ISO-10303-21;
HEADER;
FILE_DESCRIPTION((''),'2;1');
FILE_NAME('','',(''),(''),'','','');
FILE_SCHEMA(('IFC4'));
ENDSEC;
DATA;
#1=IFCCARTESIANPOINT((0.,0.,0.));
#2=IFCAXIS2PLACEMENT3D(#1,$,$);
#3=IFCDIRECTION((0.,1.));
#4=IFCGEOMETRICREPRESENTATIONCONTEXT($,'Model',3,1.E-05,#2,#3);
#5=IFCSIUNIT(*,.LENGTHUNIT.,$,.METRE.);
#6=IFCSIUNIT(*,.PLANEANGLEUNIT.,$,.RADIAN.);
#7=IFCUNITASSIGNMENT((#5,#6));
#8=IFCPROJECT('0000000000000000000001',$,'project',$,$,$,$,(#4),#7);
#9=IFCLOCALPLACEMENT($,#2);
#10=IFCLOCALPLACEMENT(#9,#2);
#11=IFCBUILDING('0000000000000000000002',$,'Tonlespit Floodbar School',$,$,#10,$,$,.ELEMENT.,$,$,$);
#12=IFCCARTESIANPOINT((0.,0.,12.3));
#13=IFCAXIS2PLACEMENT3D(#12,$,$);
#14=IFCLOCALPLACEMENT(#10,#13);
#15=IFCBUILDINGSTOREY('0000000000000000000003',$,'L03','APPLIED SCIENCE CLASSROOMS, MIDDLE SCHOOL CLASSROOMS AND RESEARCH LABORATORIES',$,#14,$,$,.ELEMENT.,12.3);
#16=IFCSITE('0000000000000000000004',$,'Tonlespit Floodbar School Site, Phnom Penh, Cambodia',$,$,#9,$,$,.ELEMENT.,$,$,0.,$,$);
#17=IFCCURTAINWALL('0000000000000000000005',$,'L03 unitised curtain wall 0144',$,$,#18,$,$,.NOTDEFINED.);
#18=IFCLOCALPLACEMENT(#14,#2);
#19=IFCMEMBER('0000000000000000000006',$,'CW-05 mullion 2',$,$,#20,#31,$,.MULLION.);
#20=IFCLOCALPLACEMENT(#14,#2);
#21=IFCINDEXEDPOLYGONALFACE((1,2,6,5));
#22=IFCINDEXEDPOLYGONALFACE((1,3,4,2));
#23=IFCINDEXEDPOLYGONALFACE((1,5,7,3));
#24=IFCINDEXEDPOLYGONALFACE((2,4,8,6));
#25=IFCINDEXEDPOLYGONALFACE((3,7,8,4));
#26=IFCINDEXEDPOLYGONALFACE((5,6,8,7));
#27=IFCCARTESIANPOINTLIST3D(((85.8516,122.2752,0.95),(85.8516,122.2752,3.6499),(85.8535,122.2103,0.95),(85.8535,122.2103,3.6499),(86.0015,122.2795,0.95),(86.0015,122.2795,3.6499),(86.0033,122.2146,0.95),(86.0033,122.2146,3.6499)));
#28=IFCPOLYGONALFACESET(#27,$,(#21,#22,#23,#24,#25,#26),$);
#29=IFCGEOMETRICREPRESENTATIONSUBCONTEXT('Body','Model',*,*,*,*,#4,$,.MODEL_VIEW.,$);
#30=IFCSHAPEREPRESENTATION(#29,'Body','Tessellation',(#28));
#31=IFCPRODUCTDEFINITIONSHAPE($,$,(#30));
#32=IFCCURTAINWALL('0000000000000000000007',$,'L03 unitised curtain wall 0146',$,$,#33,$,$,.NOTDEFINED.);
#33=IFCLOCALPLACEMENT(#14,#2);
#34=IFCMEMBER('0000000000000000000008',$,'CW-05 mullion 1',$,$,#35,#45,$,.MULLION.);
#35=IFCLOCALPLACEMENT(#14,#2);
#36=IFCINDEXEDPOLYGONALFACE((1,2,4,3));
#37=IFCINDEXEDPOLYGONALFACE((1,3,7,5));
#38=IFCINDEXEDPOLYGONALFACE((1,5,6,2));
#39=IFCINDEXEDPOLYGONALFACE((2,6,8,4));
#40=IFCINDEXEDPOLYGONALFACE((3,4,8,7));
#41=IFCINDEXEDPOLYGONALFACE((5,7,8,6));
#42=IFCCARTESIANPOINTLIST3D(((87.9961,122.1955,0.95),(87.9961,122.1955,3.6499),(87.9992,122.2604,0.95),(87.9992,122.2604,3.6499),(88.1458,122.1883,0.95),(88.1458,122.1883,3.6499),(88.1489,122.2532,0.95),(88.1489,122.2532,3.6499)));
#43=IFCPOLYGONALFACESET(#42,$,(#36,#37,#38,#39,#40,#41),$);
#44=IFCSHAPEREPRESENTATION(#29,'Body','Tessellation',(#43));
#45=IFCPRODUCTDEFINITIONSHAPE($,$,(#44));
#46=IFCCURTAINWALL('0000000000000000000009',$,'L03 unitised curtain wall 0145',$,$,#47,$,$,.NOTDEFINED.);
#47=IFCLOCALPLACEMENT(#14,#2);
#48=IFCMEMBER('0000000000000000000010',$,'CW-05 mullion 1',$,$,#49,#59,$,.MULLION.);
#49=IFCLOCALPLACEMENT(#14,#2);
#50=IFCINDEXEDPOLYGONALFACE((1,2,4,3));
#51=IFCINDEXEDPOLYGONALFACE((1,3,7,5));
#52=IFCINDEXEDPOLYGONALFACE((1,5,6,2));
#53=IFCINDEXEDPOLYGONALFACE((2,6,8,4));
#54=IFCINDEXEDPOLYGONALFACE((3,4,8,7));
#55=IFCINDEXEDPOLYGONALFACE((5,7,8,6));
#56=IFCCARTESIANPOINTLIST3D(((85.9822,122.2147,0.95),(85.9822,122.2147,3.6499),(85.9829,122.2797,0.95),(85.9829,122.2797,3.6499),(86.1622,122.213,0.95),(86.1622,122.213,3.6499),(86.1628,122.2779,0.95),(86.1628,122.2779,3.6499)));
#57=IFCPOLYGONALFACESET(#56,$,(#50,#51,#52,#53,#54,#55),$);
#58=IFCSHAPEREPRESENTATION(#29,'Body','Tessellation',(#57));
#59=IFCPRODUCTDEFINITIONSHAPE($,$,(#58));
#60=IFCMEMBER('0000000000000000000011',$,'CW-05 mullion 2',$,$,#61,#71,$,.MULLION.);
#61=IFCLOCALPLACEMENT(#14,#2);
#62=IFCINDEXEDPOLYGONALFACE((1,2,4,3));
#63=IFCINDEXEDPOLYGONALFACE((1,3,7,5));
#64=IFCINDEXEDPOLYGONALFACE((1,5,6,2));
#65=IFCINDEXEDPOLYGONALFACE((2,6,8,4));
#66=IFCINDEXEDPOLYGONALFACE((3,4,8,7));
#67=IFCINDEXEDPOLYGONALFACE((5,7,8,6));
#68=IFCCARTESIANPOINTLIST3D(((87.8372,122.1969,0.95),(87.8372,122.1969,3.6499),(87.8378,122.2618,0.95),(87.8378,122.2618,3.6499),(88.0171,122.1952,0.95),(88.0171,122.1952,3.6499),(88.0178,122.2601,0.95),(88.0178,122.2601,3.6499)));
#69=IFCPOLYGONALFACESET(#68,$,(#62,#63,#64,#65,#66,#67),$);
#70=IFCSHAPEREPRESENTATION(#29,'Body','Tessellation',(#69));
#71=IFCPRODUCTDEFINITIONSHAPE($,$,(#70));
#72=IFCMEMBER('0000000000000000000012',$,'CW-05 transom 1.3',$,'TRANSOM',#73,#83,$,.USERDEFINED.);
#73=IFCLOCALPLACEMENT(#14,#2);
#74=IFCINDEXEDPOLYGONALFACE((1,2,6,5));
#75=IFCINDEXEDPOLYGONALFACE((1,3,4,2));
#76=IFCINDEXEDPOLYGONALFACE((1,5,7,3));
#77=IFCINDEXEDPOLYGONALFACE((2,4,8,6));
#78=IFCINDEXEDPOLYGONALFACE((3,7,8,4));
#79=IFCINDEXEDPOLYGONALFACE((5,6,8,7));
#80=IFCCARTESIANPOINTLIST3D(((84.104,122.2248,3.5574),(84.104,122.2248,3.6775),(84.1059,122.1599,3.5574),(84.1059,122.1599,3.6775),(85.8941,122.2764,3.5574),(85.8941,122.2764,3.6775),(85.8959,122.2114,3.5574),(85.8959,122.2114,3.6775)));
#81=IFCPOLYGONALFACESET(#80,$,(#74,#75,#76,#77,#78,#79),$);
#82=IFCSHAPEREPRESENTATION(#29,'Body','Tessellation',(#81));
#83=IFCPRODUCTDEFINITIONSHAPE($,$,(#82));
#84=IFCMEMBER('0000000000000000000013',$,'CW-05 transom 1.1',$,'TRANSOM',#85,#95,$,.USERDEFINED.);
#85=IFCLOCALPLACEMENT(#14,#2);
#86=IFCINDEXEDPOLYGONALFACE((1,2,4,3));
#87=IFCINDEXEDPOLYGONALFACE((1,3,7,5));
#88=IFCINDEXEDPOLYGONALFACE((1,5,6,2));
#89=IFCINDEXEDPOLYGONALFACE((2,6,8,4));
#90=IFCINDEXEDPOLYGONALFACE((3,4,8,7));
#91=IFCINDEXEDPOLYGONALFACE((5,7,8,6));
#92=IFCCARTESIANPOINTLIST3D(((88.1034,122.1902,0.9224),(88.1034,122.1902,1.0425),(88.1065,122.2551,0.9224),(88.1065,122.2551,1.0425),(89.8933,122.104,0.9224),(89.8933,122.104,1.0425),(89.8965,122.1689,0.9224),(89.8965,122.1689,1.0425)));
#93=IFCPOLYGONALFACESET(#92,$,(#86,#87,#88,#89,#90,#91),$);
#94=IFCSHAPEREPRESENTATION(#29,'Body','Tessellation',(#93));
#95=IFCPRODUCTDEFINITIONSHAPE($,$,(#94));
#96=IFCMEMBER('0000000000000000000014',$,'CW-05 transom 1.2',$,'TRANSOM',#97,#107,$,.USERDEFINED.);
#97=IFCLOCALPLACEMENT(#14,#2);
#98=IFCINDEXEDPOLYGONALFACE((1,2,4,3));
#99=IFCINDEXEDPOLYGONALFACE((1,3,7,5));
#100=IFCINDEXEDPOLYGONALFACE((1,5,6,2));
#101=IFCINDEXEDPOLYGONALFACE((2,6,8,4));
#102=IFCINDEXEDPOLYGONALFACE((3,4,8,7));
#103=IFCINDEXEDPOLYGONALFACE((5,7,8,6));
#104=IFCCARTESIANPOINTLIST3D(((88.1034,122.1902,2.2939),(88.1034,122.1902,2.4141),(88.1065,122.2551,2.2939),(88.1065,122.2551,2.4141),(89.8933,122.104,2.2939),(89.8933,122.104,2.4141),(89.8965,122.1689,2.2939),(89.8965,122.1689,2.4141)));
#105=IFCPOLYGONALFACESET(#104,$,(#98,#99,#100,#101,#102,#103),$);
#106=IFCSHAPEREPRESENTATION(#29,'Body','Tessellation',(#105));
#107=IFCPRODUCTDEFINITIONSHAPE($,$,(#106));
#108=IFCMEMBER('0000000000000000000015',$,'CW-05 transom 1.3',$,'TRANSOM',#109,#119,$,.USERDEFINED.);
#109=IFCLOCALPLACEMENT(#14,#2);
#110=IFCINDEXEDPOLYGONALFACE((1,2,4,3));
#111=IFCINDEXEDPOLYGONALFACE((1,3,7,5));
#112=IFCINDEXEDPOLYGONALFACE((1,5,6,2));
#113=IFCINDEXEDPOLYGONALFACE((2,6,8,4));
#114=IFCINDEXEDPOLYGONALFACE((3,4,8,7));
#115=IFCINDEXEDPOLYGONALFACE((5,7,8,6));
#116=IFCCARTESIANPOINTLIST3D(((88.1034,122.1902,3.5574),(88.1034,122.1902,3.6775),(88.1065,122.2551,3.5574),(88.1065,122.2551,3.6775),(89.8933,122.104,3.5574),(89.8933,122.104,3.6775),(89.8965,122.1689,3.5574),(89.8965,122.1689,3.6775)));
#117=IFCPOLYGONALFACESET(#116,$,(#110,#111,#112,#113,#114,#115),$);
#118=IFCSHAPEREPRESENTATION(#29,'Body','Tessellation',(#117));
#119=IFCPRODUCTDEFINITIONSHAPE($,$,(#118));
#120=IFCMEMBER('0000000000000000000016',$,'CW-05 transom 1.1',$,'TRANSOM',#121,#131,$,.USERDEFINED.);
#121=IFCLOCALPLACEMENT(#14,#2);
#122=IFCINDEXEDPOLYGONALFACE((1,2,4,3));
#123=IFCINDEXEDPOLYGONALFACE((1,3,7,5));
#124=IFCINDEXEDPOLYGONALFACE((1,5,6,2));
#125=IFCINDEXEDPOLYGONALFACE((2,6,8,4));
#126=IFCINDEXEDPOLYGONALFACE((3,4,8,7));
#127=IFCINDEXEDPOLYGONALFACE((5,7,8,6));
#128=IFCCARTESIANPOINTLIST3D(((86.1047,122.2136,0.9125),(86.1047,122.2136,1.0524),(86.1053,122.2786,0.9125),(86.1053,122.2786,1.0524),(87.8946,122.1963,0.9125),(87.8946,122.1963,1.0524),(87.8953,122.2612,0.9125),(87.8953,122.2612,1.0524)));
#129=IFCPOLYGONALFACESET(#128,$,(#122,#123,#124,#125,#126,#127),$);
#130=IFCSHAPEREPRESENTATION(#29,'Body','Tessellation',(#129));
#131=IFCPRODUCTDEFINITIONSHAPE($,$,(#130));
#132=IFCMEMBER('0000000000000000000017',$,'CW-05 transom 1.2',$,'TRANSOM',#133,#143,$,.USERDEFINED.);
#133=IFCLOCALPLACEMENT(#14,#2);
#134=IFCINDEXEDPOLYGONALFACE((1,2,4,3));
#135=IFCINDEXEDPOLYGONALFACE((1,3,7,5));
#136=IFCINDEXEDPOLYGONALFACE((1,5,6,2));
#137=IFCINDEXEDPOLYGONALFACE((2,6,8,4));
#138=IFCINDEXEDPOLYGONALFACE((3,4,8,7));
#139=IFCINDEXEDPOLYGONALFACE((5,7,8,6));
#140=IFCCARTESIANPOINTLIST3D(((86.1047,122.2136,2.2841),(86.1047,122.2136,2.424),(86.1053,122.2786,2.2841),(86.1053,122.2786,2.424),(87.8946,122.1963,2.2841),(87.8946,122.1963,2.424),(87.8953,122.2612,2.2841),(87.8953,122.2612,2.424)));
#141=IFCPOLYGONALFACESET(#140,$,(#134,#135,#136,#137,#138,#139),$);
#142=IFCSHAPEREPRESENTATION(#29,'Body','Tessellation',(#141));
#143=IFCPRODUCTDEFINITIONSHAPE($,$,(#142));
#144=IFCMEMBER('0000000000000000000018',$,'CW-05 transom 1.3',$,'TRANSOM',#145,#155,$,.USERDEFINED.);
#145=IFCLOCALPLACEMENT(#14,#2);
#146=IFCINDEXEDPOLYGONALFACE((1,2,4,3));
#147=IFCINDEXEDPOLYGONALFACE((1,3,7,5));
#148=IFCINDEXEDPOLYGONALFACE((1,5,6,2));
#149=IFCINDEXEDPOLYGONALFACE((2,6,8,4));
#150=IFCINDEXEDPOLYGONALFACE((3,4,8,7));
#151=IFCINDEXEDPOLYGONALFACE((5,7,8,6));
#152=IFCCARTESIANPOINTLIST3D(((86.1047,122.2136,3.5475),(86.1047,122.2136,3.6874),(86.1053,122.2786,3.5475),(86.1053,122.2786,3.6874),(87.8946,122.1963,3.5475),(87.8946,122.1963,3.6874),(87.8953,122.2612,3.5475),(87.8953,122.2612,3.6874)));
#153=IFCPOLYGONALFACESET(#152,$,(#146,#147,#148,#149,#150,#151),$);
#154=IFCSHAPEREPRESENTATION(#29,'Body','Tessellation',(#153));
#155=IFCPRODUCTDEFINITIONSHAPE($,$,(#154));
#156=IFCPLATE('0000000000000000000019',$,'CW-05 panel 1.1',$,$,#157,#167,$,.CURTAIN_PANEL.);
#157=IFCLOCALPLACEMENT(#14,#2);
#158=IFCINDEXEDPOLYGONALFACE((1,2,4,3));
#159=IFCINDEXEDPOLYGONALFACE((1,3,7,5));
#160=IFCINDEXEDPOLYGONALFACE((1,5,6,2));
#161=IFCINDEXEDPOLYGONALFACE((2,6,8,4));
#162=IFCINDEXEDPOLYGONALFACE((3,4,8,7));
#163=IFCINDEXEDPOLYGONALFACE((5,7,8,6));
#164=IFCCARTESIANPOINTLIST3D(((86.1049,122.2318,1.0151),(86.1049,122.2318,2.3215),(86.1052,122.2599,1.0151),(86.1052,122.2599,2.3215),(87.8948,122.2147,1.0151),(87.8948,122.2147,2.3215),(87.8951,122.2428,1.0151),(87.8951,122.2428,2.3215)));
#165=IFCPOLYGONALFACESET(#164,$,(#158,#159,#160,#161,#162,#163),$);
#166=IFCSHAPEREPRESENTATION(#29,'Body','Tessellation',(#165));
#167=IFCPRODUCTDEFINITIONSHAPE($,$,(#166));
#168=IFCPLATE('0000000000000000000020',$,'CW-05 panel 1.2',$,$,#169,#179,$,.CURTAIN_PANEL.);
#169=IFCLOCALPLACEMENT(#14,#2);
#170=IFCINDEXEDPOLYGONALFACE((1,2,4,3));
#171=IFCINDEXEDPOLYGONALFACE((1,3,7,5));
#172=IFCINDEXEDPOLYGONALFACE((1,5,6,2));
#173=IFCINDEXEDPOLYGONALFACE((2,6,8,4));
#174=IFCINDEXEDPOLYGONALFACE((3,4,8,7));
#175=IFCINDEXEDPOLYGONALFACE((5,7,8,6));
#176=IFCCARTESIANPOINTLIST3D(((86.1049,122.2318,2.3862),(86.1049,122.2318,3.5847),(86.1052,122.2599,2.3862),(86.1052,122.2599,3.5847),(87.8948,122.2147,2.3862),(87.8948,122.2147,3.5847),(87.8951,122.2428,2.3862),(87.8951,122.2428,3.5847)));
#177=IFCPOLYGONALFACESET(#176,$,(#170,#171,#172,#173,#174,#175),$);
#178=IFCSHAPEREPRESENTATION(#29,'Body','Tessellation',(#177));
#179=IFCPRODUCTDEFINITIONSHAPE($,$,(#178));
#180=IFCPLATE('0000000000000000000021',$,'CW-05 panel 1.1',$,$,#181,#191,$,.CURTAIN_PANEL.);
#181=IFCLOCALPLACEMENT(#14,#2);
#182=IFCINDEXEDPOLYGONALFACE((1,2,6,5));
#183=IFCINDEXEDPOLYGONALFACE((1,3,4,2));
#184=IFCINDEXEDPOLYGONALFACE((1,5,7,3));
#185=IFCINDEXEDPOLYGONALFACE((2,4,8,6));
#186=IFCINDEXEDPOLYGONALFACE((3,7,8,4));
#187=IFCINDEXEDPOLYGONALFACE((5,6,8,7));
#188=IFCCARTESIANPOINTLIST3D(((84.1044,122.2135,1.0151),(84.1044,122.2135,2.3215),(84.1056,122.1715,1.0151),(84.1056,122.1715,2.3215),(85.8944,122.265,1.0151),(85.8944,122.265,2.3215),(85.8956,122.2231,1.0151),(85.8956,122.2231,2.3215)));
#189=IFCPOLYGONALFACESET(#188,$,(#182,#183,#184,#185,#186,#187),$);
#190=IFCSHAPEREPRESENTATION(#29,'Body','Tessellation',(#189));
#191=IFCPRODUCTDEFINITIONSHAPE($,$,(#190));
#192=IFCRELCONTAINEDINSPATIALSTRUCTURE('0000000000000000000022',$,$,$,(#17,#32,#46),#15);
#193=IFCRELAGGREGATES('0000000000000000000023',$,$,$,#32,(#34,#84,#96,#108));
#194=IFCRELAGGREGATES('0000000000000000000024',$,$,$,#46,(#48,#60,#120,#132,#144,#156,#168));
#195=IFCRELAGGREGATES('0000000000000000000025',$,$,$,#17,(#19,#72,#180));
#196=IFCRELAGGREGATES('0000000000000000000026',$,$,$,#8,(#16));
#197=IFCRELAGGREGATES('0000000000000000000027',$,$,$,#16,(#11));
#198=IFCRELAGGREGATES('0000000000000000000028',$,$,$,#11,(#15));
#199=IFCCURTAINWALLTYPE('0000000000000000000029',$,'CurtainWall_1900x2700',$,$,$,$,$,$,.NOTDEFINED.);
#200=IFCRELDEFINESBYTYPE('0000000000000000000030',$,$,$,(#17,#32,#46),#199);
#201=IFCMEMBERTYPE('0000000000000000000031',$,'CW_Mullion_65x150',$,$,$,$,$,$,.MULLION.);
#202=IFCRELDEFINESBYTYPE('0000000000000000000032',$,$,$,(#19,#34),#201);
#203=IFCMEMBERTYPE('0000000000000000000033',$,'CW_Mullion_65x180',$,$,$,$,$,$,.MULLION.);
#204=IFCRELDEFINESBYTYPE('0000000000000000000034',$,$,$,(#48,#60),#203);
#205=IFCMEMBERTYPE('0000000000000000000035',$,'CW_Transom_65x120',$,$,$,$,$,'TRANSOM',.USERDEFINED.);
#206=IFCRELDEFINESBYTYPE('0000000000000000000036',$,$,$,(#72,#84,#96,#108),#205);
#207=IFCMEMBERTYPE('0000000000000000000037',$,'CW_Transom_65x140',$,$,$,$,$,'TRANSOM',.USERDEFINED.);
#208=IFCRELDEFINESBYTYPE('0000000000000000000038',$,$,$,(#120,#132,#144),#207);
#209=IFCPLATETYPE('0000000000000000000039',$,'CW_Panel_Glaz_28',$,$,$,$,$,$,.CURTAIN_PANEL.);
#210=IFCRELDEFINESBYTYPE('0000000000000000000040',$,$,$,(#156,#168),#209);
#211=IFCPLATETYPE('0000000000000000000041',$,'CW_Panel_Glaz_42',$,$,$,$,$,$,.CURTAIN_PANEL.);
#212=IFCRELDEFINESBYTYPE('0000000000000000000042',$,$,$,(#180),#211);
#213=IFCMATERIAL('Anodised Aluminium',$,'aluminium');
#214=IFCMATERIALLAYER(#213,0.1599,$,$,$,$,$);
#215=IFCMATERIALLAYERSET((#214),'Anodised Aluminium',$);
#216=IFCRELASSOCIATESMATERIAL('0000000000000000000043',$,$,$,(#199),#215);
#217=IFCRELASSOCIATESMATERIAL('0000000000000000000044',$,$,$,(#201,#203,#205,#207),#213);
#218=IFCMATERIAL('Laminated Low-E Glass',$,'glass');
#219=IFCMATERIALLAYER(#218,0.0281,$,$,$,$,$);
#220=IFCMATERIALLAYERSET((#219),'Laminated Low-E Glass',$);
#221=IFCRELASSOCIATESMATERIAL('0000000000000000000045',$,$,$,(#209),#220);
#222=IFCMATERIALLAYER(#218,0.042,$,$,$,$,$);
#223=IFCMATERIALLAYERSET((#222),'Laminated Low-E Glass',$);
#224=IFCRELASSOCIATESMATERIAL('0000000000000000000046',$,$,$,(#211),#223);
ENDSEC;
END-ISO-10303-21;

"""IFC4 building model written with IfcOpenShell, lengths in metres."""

from ifc_helpers import new_model, si_unit, direction, frame, origin, origin_2d, place, context, subcontext, project, spatial, rectangle, extrude, material, layer, layer_set, material_profile, profile_set, type_object, element, aggregate, save


model = new_model("IFC4")

# Units and contexts
model_context = context("Model", 3, precision=1e-05, world=origin(), true_north=direction((0.0, 1.0)))
body_context = subcontext(model_context, "Body", "Model", "MODEL_VIEW")
ifc_project = project(units=[si_unit("LENGTHUNIT", "METRE"), si_unit("PLANEANGLEUNIT", "RADIAN")], contexts=[model_context])

# Site, building, storey
site_placement = place(None, origin())
site = spatial("IfcSite", under=ifc_project, at=site_placement, Name="Tonlespit Floodbar School Site, Phnom Penh, Cambodia", CompositionType="ELEMENT", RefElevation=0.0)
building_placement = place(site_placement, origin())
building = spatial("IfcBuilding", under=site, at=building_placement, Name="Tonlespit Floodbar School", CompositionType="ELEMENT")
storey_placement = place(building_placement, frame((0.0, 0.0, 12.3)))
storey = spatial("IfcBuildingStorey", under=building, at=storey_placement, Name="L03", Description="APPLIED SCIENCE CLASSROOMS, MIDDLE SCHOOL CLASSROOMS AND RESEARCH LABORATORIES", CompositionType="ELEMENT", Elevation=12.3)

# Curtain walls, members
ifc_material_1 = material(Name="Anodised Aluminium", Category="aluminium")
ifc_layer_1 = layer(ifc_material_1, 0.1599)
ifc_layer_set_1 = layer_set([ifc_layer_1], Name="Anodised Aluminium")
curtain_wall_type = type_object("IfcCurtainWallType", Name="CurtainWall_1900x2700", PredefinedType="NOTDEFINED", material=ifc_layer_set_1)
curtain_wall_1_placement = place(storey_placement, origin())
curtain_wall_1 = element("IfcCurtainWall", 1, at=curtain_wall_1_placement, inside=storey, type_object=curtain_wall_type, Name="L03 unitised curtain wall 0144", PredefinedType="NOTDEFINED")
ifc_material_profile_1 = material_profile(ifc_material_1, rectangle(XDim=0.0649, YDim=0.1499, at=origin_2d()), Name="ALU M65x150")
ifc_profile_set_1 = profile_set([ifc_material_profile_1], Name="Anodised Aluminium")
member_type_1 = type_object("IfcMemberType", Name="CW_Mullion_65x150", PredefinedType="MULLION", material=ifc_profile_set_1)
member_1_placement = place(storey_placement, frame((85.9275, 122.2449, 0.95), z_axis=(0.0, 0.0, 1.0), x_axis=(-0.02879, 0.999585, 0.0)))
member_1 = element("IfcMember", 2, at=member_1_placement, type_object=member_type_1, Name="CW-05 mullion 2", PredefinedType="MULLION", context=body_context, shape_type="SweptSolid", body=[
    extrude(rectangle(XDim=0.0649, YDim=0.1499, at=origin_2d()), origin(), (0.0, 0.0, 1.0), 2.7),
])
curtain_wall_2_placement = place(storey_placement, origin())
curtain_wall_2 = element("IfcCurtainWall", 3, at=curtain_wall_2_placement, inside=storey, type_object=curtain_wall_type, Name="L03 unitised curtain wall 0146", PredefinedType="NOTDEFINED")
member_2_placement = place(storey_placement, frame((88.0725, 122.2244, 0.95), z_axis=(0.0, 0.0, 1.0), x_axis=(0.048121, 0.998842, 0.0)))
member_2 = element("IfcMember", 4, at=member_2_placement, type_object=member_type_1, Name="CW-05 mullion 1", PredefinedType="MULLION", context=body_context, shape_type="SweptSolid", body=[
    extrude(rectangle(XDim=0.0649, YDim=0.1499, at=origin_2d()), origin(), (0.0, 0.0, 1.0), 2.7),
])

# Curtain wall, members
curtain_wall_3_placement = place(storey_placement, origin())
curtain_wall_3 = element("IfcCurtainWall", 5, at=curtain_wall_3_placement, inside=storey, type_object=curtain_wall_type, Name="L03 unitised curtain wall 0145", PredefinedType="NOTDEFINED")
ifc_material_profile_2 = material_profile(ifc_material_1, rectangle(XDim=0.0649, YDim=0.1799, at=origin_2d()), Name="ALU M65x180")
ifc_profile_set_2 = profile_set([ifc_material_profile_2], Name="Anodised Aluminium")
member_type_2 = type_object("IfcMemberType", Name="CW_Mullion_65x180", PredefinedType="MULLION", material=ifc_profile_set_2)
member_3_placement = place(storey_placement, frame((86.0725, 122.2463, 0.95), z_axis=(0.0, 0.0, 1.0), x_axis=(0.009583, 0.999954, 0.0)))
member_3 = element("IfcMember", 6, at=member_3_placement, type_object=member_type_2, Name="CW-05 mullion 1", PredefinedType="MULLION", context=body_context, shape_type="SweptSolid", body=[
    extrude(rectangle(XDim=0.0649, YDim=0.1799, at=origin_2d()), origin(), (0.0, 0.0, 1.0), 2.7),
])
member_4_placement = place(storey_placement, frame((87.9275, 122.2285, 0.95), z_axis=(0.0, 0.0, 1.0), x_axis=(0.009583, 0.999954, 0.0)))
member_4 = element("IfcMember", 7, at=member_4_placement, type_object=member_type_2, Name="CW-05 mullion 2", PredefinedType="MULLION", context=body_context, shape_type="SweptSolid", body=[
    extrude(rectangle(XDim=0.0649, YDim=0.1799, at=origin_2d()), origin(), (0.0, 0.0, 1.0), 2.7),
])

# Members
ifc_material_profile_3 = material_profile(ifc_material_1, rectangle(XDim=0.0649, YDim=0.1201, at=origin_2d()), Name="ALU T65x120")
ifc_profile_set_3 = profile_set([ifc_material_profile_3], Name="Anodised Aluminium")
member_type_3 = type_object("IfcMemberType", Name="CW_Transom_65x120", ElementType="TRANSOM", PredefinedType="USERDEFINED", material=ifc_profile_set_3)
member_5_placement = place(storey_placement, frame((84.105, 122.1924, 3.6174), z_axis=(0.999586, 0.028766, 0.0), x_axis=(-0.028766, 0.999586, 0.0)))
member_5 = element("IfcMember", 8, at=member_5_placement, type_object=member_type_3, Name="CW-05 transom 1.3", ObjectType="TRANSOM", PredefinedType="USERDEFINED", context=body_context, shape_type="SweptSolid", body=[
    extrude(rectangle(XDim=0.0649, YDim=0.1201, at=origin_2d()), origin(), (0.0, 0.0, 1.0), 1.7908),
])
member_6_placement = place(storey_placement, frame((88.105, 122.2227, 0.9824), z_axis=(0.998843, -0.048089, 0.0), x_axis=(0.048089, 0.998843, 0.0)))
member_6 = element("IfcMember", 9, at=member_6_placement, type_object=member_type_3, Name="CW-05 transom 1.1", ObjectType="TRANSOM", PredefinedType="USERDEFINED", context=body_context, shape_type="SweptSolid", body=[
    extrude(rectangle(XDim=0.0649, YDim=0.1201, at=origin_2d()), origin(), (0.0, 0.0, 1.0), 1.792),
])
member_7_placement = place(storey_placement, frame((88.105, 122.2227, 2.354), z_axis=(0.998843, -0.048089, 0.0), x_axis=(0.048089, 0.998843, 0.0)))
member_7 = element("IfcMember", 10, at=member_7_placement, type_object=member_type_3, Name="CW-05 transom 1.2", ObjectType="TRANSOM", PredefinedType="USERDEFINED", context=body_context, shape_type="SweptSolid", body=[
    extrude(rectangle(XDim=0.0649, YDim=0.1201, at=origin_2d()), origin(), (0.0, 0.0, 1.0), 1.792),
])
member_8_placement = place(storey_placement, frame((88.105, 122.2227, 3.6174), z_axis=(0.998843, -0.048089, 0.0), x_axis=(0.048089, 0.998843, 0.0)))
member_8 = element("IfcMember", 11, at=member_8_placement, type_object=member_type_3, Name="CW-05 transom 1.3", ObjectType="TRANSOM", PredefinedType="USERDEFINED", context=body_context, shape_type="SweptSolid", body=[
    extrude(rectangle(XDim=0.0649, YDim=0.1201, at=origin_2d()), origin(), (0.0, 0.0, 1.0), 1.792),
])
aggregate(curtain_wall_2, [member_2, member_6, member_7, member_8])
ifc_material_profile_4 = material_profile(ifc_material_1, rectangle(XDim=0.0649, YDim=0.1399, at=origin_2d()), Name="ALU T65x140")
ifc_profile_set_4 = profile_set([ifc_material_profile_4], Name="Anodised Aluminium")
member_type_4 = type_object("IfcMemberType", Name="CW_Transom_65x140", ElementType="TRANSOM", PredefinedType="USERDEFINED", material=ifc_profile_set_4)
member_9_placement = place(storey_placement, frame((86.105, 122.2461, 0.9824), z_axis=(0.999953, -0.009683, 0.0), x_axis=(0.009683, 0.999953, 0.0)))
member_9 = element("IfcMember", 12, at=member_9_placement, type_object=member_type_4, Name="CW-05 transom 1.1", ObjectType="TRANSOM", PredefinedType="USERDEFINED", context=body_context, shape_type="SweptSolid", body=[
    extrude(rectangle(XDim=0.0649, YDim=0.1399, at=origin_2d()), origin(), (0.0, 0.0, 1.0), 1.79),
])
member_10_placement = place(storey_placement, frame((86.105, 122.2461, 2.354), z_axis=(0.999953, -0.009683, 0.0), x_axis=(0.009683, 0.999953, 0.0)))
member_10 = element("IfcMember", 13, at=member_10_placement, type_object=member_type_4, Name="CW-05 transom 1.2", ObjectType="TRANSOM", PredefinedType="USERDEFINED", context=body_context, shape_type="SweptSolid", body=[
    extrude(rectangle(XDim=0.0649, YDim=0.1399, at=origin_2d()), origin(), (0.0, 0.0, 1.0), 1.79),
])
member_11_placement = place(storey_placement, frame((86.105, 122.2461, 3.6174), z_axis=(0.999953, -0.009683, 0.0), x_axis=(0.009683, 0.999953, 0.0)))
member_11 = element("IfcMember", 14, at=member_11_placement, type_object=member_type_4, Name="CW-05 transom 1.3", ObjectType="TRANSOM", PredefinedType="USERDEFINED", context=body_context, shape_type="SweptSolid", body=[
    extrude(rectangle(XDim=0.0649, YDim=0.1399, at=origin_2d()), origin(), (0.0, 0.0, 1.0), 1.79),
])

# Plates
ifc_material_2 = material(Name="Laminated Low-E Glass", Category="glass")
ifc_layer_2 = layer(ifc_material_2, 0.0281)
ifc_layer_set_2 = layer_set([ifc_layer_2], Name="Laminated Low-E Glass")
plate_type_1 = type_object("IfcPlateType", Name="CW_Panel_Glaz_28", PredefinedType="CURTAIN_PANEL", material=ifc_layer_set_2)
plate_1_placement = place(storey_placement, frame((87.0, 122.2373, 1.0151), z_axis=(0.0, 0.0, 1.0), x_axis=(0.999954, -0.009583, 0.0)))
plate_1 = element("IfcPlate", 15, at=plate_1_placement, type_object=plate_type_1, Name="CW-05 panel 1.1", PredefinedType="CURTAIN_PANEL", context=body_context, shape_type="SweptSolid", body=[
    extrude(rectangle(XDim=1.79, YDim=0.0281, at=origin_2d()), origin(), (0.0, 0.0, 1.0), 1.3064),
])
plate_2_placement = place(storey_placement, frame((87.0, 122.2373, 2.3862), z_axis=(0.0, 0.0, 1.0), x_axis=(0.999954, -0.009583, 0.0)))
plate_2 = element("IfcPlate", 16, at=plate_2_placement, type_object=plate_type_1, Name="CW-05 panel 1.2", PredefinedType="CURTAIN_PANEL", context=body_context, shape_type="SweptSolid", body=[
    extrude(rectangle(XDim=1.79, YDim=0.0281, at=origin_2d()), origin(), (0.0, 0.0, 1.0), 1.1985),
])
aggregate(curtain_wall_3, [member_3, member_4, member_9, member_10, member_11, plate_1, plate_2])
ifc_layer_3 = layer(ifc_material_2, 0.042)
ifc_layer_set_3 = layer_set([ifc_layer_3], Name="Laminated Low-E Glass")
plate_type_2 = type_object("IfcPlateType", Name="CW_Panel_Glaz_42", PredefinedType="CURTAIN_PANEL", material=ifc_layer_set_3)
plate_3_placement = place(storey_placement, frame((85.0, 122.2183, 1.0151), z_axis=(0.0, 0.0, 1.0), x_axis=(0.999585, 0.02879, 0.0)))
plate_3 = element("IfcPlate", 17, at=plate_3_placement, type_object=plate_type_2, Name="CW-05 panel 1.1", PredefinedType="CURTAIN_PANEL", context=body_context, shape_type="SweptSolid", body=[
    extrude(rectangle(XDim=1.7908, YDim=0.042, at=origin_2d()), origin(), (0.0, 0.0, 1.0), 1.3064),
])
aggregate(curtain_wall_1, [member_1, member_5, plate_3])

save(model, "model.ifc")
